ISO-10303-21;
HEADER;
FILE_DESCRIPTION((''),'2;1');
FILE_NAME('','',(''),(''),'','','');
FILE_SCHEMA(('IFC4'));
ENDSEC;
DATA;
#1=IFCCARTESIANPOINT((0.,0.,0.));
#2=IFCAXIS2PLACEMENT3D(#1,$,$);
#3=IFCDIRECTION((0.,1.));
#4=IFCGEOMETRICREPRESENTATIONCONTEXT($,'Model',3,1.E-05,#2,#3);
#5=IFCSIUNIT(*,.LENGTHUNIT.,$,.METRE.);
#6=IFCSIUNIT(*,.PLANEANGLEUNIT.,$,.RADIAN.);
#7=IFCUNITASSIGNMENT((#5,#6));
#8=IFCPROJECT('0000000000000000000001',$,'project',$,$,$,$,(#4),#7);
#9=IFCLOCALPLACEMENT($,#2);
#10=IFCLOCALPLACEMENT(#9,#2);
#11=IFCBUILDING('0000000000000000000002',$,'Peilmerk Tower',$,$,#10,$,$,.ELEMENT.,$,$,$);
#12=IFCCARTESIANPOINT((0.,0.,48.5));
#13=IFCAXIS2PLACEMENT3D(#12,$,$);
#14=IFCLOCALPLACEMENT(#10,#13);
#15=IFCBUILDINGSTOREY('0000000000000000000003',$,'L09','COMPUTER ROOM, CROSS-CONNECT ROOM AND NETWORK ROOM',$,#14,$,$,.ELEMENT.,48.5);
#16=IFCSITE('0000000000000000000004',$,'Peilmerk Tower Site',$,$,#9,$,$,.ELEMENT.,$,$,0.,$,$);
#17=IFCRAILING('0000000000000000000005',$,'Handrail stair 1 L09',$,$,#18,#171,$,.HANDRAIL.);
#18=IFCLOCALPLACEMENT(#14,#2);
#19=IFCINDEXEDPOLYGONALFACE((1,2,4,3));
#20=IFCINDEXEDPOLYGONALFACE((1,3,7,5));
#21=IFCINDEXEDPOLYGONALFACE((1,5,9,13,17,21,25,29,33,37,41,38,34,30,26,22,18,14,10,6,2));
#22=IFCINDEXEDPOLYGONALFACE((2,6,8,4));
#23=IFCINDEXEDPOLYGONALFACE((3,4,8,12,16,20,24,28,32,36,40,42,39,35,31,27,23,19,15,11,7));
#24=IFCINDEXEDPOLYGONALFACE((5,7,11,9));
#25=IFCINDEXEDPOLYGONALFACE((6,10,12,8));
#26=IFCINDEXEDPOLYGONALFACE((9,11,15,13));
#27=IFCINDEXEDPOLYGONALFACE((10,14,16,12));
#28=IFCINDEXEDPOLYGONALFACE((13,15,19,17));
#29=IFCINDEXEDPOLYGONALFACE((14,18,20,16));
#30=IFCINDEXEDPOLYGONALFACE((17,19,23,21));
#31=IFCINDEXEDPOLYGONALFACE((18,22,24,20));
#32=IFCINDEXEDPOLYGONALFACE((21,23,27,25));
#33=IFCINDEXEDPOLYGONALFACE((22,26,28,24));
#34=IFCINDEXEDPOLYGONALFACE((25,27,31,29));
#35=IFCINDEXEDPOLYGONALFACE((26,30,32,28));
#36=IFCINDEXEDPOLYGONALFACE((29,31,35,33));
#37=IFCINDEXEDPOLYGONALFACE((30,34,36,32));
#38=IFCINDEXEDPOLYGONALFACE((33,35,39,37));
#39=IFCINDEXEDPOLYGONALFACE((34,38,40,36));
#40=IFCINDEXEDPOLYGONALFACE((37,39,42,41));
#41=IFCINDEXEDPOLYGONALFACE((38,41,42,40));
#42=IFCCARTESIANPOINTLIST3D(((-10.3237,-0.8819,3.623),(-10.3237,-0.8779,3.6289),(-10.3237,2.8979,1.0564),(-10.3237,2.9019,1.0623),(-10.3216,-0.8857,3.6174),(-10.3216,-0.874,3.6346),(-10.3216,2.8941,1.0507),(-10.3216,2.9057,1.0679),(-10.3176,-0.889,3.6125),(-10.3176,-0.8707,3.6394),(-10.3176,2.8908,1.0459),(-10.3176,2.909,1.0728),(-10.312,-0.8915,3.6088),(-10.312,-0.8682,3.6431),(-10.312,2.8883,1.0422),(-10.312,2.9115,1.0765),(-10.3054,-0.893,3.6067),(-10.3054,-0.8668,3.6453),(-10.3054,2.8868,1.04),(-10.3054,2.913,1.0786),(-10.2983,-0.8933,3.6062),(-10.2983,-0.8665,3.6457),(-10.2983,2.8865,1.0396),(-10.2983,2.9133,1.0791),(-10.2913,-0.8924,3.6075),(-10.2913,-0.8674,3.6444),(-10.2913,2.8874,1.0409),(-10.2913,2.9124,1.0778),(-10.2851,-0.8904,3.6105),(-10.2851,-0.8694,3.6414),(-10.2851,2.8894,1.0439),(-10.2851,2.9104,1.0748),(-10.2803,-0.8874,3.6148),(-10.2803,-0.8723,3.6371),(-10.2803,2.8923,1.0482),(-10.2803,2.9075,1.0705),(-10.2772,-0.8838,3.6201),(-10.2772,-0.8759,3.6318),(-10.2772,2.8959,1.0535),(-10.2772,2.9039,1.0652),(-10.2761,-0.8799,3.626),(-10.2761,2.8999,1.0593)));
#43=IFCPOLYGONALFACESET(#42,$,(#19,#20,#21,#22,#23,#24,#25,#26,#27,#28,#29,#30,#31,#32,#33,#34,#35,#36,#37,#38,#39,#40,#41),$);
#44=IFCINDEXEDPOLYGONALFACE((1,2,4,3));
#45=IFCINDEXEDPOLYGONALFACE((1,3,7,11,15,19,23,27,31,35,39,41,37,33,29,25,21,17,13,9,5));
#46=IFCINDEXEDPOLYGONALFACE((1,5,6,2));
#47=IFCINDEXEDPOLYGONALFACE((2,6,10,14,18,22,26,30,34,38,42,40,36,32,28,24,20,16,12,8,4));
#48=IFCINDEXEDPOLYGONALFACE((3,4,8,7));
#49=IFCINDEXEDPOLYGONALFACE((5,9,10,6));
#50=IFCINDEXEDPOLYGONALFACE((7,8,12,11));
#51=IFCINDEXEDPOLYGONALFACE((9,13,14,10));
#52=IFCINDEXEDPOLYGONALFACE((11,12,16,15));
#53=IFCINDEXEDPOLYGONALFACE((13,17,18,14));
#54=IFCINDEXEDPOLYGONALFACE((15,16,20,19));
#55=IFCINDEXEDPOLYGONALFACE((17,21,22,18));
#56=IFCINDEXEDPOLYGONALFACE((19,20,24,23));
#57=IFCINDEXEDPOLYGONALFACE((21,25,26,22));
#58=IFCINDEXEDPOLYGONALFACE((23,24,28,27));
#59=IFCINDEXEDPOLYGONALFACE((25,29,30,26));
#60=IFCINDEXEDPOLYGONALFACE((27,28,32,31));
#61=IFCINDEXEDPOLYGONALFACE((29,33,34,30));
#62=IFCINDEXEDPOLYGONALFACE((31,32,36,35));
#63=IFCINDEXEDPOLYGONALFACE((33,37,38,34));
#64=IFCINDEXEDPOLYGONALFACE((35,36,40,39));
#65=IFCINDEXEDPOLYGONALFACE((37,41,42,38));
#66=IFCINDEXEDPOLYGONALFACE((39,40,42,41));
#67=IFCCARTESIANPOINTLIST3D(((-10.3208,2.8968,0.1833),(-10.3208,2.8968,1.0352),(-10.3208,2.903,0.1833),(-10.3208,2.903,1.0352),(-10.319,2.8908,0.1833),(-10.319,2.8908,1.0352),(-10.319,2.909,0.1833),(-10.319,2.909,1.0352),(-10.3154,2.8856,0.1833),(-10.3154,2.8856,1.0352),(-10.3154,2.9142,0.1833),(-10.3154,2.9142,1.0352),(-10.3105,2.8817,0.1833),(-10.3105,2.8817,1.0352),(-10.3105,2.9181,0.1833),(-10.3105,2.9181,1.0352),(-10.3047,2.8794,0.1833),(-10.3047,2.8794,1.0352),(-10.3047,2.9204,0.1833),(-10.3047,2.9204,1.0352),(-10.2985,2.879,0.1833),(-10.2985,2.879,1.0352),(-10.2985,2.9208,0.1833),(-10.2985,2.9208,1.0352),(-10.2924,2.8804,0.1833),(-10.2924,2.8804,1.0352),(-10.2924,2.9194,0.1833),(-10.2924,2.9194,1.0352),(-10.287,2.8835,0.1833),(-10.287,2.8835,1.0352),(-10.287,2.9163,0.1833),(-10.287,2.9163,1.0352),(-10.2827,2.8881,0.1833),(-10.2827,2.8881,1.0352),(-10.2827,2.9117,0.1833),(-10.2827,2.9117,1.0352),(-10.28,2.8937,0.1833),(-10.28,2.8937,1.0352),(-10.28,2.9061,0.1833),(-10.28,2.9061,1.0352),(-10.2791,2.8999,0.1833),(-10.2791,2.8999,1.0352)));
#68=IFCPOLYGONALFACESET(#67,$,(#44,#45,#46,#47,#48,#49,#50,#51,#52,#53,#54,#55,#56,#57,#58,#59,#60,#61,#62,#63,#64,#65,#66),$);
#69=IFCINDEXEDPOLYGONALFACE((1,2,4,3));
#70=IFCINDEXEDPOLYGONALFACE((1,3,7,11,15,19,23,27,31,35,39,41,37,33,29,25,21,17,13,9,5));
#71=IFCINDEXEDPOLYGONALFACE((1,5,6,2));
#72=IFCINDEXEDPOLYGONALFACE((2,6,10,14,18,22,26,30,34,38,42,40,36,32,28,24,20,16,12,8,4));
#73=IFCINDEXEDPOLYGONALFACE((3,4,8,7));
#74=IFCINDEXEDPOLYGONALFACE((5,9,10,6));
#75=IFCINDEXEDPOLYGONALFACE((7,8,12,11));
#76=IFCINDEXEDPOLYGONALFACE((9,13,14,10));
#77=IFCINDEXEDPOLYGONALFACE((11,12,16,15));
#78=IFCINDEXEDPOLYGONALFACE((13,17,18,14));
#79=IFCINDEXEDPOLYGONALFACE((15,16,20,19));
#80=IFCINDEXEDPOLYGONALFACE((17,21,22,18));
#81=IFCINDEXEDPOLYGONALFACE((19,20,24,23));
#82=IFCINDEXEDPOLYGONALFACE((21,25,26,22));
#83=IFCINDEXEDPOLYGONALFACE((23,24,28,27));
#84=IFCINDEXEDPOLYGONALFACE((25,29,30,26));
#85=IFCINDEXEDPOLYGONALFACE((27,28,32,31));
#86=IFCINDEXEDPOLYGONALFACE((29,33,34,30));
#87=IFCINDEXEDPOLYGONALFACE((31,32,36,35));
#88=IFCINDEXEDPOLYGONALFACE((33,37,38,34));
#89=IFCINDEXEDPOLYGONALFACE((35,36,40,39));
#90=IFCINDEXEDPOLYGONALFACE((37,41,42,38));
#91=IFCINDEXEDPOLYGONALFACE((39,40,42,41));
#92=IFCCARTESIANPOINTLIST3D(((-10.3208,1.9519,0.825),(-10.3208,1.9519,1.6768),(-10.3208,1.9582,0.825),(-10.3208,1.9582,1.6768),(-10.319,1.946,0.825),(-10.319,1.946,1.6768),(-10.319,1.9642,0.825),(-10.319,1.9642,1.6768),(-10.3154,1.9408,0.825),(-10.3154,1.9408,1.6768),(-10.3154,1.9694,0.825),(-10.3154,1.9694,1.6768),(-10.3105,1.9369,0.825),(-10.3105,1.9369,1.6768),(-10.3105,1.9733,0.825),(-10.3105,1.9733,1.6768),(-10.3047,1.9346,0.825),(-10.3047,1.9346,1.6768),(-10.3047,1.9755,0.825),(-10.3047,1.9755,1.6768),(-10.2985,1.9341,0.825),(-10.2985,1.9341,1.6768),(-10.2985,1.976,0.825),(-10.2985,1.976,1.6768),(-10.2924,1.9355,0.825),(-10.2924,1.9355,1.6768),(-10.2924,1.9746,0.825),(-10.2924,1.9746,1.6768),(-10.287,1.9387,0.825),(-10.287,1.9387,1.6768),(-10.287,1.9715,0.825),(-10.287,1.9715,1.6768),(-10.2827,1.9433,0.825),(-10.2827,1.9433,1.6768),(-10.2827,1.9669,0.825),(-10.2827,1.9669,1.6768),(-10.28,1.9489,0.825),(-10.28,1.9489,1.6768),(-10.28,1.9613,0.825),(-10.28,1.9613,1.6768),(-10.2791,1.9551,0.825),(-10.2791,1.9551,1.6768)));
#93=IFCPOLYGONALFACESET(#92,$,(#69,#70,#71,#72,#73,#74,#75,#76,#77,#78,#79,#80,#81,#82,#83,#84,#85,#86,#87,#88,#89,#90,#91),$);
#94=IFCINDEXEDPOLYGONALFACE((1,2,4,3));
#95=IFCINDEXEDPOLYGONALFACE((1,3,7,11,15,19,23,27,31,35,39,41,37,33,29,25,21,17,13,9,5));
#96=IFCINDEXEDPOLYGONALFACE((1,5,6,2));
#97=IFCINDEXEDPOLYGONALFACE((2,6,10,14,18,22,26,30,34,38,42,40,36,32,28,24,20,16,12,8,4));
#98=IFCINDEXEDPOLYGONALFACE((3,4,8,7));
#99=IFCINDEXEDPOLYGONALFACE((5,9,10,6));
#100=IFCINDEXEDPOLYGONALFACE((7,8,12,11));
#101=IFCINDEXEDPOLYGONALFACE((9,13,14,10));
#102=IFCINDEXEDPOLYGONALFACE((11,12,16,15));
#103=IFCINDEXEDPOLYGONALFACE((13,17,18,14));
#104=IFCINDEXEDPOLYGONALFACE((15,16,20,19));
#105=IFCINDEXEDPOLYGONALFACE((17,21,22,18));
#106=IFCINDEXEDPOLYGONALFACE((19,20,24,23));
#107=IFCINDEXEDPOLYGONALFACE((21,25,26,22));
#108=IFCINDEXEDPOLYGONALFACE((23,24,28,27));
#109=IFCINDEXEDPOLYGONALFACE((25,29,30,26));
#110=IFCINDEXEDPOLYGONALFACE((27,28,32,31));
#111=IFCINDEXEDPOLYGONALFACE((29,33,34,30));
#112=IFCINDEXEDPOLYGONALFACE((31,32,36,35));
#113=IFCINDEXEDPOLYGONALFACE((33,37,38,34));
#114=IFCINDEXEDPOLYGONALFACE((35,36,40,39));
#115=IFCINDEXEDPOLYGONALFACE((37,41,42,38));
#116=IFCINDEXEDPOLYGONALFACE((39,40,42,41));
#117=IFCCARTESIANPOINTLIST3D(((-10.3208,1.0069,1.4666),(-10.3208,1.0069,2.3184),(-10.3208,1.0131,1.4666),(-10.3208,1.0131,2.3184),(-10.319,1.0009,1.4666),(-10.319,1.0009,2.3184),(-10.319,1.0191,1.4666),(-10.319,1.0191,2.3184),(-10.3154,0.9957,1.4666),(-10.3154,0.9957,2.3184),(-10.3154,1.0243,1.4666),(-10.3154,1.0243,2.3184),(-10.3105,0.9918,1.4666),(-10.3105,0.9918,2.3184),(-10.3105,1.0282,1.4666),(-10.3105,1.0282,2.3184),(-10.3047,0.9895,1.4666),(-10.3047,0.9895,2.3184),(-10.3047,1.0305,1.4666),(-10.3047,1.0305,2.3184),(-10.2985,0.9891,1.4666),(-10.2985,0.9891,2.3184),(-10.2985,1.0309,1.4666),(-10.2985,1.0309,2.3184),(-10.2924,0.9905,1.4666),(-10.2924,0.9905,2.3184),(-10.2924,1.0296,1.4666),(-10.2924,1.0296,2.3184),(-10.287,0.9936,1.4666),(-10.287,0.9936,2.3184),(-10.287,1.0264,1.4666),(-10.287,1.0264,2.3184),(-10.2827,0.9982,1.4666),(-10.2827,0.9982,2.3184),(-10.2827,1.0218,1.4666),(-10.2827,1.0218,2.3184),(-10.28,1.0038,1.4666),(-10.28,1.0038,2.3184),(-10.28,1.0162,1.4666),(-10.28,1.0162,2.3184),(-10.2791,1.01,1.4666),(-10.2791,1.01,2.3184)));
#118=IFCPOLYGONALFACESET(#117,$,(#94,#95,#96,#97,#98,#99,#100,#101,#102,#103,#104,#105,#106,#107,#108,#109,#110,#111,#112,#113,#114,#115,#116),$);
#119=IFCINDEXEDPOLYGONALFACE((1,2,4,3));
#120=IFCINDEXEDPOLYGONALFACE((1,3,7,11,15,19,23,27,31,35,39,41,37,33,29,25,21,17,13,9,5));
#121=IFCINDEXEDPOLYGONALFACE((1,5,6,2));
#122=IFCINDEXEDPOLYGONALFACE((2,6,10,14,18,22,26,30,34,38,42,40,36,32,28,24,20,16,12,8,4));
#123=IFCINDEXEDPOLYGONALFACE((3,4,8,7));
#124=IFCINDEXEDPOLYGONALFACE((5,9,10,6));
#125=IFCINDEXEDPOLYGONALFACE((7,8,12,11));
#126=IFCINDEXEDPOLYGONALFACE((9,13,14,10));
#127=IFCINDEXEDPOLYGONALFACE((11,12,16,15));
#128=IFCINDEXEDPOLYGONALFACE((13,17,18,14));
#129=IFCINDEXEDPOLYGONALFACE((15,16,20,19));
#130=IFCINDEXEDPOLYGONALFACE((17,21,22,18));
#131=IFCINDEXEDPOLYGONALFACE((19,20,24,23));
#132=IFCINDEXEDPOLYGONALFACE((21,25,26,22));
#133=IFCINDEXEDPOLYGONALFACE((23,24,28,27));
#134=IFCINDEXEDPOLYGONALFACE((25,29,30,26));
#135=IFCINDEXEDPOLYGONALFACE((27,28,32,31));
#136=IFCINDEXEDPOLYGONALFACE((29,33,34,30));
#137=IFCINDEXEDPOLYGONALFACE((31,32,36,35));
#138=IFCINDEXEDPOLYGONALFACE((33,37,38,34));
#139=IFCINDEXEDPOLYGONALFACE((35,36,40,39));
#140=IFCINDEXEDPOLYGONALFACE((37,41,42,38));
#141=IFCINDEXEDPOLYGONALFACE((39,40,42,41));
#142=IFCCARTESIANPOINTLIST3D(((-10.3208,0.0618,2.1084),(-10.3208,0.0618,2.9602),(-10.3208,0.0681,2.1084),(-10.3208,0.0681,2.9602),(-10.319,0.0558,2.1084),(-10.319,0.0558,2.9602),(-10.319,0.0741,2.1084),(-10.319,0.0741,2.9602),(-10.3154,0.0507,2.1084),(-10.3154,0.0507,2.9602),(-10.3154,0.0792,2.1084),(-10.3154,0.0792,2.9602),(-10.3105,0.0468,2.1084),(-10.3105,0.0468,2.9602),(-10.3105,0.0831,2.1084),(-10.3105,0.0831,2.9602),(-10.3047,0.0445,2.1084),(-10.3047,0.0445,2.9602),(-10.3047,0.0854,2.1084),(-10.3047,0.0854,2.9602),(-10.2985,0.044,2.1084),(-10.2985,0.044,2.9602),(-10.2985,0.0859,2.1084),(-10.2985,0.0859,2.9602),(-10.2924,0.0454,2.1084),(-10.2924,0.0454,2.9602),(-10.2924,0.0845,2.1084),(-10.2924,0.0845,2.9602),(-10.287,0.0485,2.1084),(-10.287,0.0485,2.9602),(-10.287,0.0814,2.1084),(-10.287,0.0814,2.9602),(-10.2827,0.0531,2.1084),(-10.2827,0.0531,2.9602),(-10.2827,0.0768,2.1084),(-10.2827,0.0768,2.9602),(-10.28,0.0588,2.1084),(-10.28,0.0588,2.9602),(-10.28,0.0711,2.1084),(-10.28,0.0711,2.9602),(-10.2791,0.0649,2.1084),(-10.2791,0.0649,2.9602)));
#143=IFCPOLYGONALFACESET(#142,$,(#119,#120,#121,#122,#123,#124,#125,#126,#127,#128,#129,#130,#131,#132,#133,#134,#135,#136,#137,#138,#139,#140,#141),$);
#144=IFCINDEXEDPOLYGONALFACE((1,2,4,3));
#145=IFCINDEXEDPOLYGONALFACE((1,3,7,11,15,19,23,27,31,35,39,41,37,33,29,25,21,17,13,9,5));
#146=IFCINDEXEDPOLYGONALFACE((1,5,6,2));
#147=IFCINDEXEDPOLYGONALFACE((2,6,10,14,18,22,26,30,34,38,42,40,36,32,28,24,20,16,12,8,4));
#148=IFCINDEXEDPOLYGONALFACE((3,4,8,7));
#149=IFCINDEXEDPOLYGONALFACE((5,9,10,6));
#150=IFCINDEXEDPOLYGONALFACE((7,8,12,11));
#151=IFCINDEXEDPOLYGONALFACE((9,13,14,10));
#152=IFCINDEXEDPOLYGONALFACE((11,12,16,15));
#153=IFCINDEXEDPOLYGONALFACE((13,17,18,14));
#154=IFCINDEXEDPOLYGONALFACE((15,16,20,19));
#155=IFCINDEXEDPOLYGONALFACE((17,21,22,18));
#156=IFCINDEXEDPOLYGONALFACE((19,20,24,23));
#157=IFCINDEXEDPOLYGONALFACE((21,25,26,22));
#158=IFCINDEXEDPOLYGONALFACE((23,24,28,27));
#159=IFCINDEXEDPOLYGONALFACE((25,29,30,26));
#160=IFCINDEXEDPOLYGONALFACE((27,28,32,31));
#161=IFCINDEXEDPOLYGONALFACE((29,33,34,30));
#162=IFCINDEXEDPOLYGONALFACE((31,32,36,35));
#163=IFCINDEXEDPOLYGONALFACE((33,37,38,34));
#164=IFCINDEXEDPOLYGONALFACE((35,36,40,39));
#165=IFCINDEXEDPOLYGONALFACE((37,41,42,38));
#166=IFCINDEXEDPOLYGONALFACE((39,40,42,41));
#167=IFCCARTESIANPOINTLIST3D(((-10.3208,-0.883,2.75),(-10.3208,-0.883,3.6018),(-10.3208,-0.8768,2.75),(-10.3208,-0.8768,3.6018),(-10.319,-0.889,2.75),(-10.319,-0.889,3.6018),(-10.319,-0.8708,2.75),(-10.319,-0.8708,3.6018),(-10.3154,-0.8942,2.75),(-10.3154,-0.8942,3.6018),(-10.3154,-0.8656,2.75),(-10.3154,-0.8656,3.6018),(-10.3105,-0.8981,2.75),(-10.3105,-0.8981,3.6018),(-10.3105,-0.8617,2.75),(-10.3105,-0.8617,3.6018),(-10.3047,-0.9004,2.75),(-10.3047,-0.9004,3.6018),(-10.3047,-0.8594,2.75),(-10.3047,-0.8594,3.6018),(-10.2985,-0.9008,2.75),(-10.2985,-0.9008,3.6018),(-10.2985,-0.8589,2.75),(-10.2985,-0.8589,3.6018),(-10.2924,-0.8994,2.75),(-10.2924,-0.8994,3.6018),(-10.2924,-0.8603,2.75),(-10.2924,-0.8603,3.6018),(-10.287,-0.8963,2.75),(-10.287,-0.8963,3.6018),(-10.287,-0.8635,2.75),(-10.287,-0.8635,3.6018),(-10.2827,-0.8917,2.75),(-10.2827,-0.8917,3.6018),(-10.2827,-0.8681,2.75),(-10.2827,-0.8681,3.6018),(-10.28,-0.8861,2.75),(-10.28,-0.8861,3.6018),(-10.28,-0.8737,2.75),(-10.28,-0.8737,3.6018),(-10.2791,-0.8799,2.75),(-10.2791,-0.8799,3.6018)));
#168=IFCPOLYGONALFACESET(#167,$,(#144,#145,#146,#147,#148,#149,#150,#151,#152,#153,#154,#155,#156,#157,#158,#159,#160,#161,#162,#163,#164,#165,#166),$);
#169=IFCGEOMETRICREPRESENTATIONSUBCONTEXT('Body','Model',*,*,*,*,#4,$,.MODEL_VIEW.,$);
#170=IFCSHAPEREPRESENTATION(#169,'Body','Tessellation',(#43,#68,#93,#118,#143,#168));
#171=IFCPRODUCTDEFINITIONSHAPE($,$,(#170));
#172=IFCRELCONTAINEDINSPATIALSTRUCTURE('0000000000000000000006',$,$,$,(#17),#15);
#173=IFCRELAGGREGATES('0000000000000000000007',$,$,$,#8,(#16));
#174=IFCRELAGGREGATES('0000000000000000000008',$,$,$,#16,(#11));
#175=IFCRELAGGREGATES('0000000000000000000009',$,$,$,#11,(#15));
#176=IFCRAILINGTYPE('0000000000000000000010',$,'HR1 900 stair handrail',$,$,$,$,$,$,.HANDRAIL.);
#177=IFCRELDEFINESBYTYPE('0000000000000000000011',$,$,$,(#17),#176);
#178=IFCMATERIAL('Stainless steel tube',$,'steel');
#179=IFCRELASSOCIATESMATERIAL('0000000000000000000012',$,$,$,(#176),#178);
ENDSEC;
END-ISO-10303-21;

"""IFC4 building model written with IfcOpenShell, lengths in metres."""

from ifc_helpers import new_model, si_unit, direction, frame, origin, origin_2d, place, context, subcontext, project, spatial, circle, extrude, material, type_object, element, save


model = new_model("IFC4")

# Units and contexts
model_context = context("Model", 3, precision=1e-05, world=origin(), true_north=direction((0.0, 1.0)))
body_context = subcontext(model_context, "Body", "Model", "MODEL_VIEW")
ifc_project = project(units=[si_unit("LENGTHUNIT", "METRE"), si_unit("PLANEANGLEUNIT", "RADIAN")], contexts=[model_context])

# Site, building, storey
site_placement = place(None, origin())
site = spatial("IfcSite", under=ifc_project, at=site_placement, Name="Peilmerk Tower Site", CompositionType="ELEMENT", RefElevation=0.0)
building_placement = place(site_placement, origin())
building = spatial("IfcBuilding", under=site, at=building_placement, Name="Peilmerk Tower", CompositionType="ELEMENT")
storey_placement = place(building_placement, frame((0.0, 0.0, 48.5)))
storey = spatial("IfcBuildingStorey", under=building, at=storey_placement, Name="L09", Description="COMPUTER ROOM, CROSS-CONNECT ROOM AND NETWORK ROOM", CompositionType="ELEMENT", Elevation=48.5)

# Railing
ifc_material_1 = material(Name="Stainless steel tube", Category="steel")
railing_type_1 = type_object("IfcRailingType", Name="HR1 900 stair handrail", PredefinedType="HANDRAIL", material=ifc_material_1)
railing_1_placement = place(storey_placement, frame((-10.3, 2.8999, 0.1833)))
element("IfcRailing", 1, at=railing_1_placement, inside=storey, type_object=railing_type_1, Name="Handrail stair 1 L09", PredefinedType="HANDRAIL", context=body_context, shape_type="SweptSolid", body=[
    extrude(circle(Radius=0.0239, at=origin_2d()), frame((0.0, 0.0, 0.876), z_axis=(0.0, -0.827293, 0.561771), x_axis=(1.0, 0.0, 0.0)), (0.0, 0.0, 1.0), 4.5688),
    extrude(circle(Radius=0.021, at=origin_2d()), origin(), (0.0, 0.0, 1.0), 0.8518),
    extrude(circle(Radius=0.021, at=origin_2d()), frame((0.0, -0.9448, 0.6416)), (0.0, 0.0, 1.0), 0.8518),
    extrude(circle(Radius=0.021, at=origin_2d()), frame((0.0, -1.8899, 1.2832)), (0.0, 0.0, 1.0), 0.8518),
    extrude(circle(Radius=0.021, at=origin_2d()), frame((0.0, -2.835, 1.925)), (0.0, 0.0, 1.0), 0.8518),
    extrude(circle(Radius=0.021, at=origin_2d()), frame((0.0, -3.7798, 2.5667)), (0.0, 0.0, 1.0), 0.8518),
])

save(model, "model.ifc")
